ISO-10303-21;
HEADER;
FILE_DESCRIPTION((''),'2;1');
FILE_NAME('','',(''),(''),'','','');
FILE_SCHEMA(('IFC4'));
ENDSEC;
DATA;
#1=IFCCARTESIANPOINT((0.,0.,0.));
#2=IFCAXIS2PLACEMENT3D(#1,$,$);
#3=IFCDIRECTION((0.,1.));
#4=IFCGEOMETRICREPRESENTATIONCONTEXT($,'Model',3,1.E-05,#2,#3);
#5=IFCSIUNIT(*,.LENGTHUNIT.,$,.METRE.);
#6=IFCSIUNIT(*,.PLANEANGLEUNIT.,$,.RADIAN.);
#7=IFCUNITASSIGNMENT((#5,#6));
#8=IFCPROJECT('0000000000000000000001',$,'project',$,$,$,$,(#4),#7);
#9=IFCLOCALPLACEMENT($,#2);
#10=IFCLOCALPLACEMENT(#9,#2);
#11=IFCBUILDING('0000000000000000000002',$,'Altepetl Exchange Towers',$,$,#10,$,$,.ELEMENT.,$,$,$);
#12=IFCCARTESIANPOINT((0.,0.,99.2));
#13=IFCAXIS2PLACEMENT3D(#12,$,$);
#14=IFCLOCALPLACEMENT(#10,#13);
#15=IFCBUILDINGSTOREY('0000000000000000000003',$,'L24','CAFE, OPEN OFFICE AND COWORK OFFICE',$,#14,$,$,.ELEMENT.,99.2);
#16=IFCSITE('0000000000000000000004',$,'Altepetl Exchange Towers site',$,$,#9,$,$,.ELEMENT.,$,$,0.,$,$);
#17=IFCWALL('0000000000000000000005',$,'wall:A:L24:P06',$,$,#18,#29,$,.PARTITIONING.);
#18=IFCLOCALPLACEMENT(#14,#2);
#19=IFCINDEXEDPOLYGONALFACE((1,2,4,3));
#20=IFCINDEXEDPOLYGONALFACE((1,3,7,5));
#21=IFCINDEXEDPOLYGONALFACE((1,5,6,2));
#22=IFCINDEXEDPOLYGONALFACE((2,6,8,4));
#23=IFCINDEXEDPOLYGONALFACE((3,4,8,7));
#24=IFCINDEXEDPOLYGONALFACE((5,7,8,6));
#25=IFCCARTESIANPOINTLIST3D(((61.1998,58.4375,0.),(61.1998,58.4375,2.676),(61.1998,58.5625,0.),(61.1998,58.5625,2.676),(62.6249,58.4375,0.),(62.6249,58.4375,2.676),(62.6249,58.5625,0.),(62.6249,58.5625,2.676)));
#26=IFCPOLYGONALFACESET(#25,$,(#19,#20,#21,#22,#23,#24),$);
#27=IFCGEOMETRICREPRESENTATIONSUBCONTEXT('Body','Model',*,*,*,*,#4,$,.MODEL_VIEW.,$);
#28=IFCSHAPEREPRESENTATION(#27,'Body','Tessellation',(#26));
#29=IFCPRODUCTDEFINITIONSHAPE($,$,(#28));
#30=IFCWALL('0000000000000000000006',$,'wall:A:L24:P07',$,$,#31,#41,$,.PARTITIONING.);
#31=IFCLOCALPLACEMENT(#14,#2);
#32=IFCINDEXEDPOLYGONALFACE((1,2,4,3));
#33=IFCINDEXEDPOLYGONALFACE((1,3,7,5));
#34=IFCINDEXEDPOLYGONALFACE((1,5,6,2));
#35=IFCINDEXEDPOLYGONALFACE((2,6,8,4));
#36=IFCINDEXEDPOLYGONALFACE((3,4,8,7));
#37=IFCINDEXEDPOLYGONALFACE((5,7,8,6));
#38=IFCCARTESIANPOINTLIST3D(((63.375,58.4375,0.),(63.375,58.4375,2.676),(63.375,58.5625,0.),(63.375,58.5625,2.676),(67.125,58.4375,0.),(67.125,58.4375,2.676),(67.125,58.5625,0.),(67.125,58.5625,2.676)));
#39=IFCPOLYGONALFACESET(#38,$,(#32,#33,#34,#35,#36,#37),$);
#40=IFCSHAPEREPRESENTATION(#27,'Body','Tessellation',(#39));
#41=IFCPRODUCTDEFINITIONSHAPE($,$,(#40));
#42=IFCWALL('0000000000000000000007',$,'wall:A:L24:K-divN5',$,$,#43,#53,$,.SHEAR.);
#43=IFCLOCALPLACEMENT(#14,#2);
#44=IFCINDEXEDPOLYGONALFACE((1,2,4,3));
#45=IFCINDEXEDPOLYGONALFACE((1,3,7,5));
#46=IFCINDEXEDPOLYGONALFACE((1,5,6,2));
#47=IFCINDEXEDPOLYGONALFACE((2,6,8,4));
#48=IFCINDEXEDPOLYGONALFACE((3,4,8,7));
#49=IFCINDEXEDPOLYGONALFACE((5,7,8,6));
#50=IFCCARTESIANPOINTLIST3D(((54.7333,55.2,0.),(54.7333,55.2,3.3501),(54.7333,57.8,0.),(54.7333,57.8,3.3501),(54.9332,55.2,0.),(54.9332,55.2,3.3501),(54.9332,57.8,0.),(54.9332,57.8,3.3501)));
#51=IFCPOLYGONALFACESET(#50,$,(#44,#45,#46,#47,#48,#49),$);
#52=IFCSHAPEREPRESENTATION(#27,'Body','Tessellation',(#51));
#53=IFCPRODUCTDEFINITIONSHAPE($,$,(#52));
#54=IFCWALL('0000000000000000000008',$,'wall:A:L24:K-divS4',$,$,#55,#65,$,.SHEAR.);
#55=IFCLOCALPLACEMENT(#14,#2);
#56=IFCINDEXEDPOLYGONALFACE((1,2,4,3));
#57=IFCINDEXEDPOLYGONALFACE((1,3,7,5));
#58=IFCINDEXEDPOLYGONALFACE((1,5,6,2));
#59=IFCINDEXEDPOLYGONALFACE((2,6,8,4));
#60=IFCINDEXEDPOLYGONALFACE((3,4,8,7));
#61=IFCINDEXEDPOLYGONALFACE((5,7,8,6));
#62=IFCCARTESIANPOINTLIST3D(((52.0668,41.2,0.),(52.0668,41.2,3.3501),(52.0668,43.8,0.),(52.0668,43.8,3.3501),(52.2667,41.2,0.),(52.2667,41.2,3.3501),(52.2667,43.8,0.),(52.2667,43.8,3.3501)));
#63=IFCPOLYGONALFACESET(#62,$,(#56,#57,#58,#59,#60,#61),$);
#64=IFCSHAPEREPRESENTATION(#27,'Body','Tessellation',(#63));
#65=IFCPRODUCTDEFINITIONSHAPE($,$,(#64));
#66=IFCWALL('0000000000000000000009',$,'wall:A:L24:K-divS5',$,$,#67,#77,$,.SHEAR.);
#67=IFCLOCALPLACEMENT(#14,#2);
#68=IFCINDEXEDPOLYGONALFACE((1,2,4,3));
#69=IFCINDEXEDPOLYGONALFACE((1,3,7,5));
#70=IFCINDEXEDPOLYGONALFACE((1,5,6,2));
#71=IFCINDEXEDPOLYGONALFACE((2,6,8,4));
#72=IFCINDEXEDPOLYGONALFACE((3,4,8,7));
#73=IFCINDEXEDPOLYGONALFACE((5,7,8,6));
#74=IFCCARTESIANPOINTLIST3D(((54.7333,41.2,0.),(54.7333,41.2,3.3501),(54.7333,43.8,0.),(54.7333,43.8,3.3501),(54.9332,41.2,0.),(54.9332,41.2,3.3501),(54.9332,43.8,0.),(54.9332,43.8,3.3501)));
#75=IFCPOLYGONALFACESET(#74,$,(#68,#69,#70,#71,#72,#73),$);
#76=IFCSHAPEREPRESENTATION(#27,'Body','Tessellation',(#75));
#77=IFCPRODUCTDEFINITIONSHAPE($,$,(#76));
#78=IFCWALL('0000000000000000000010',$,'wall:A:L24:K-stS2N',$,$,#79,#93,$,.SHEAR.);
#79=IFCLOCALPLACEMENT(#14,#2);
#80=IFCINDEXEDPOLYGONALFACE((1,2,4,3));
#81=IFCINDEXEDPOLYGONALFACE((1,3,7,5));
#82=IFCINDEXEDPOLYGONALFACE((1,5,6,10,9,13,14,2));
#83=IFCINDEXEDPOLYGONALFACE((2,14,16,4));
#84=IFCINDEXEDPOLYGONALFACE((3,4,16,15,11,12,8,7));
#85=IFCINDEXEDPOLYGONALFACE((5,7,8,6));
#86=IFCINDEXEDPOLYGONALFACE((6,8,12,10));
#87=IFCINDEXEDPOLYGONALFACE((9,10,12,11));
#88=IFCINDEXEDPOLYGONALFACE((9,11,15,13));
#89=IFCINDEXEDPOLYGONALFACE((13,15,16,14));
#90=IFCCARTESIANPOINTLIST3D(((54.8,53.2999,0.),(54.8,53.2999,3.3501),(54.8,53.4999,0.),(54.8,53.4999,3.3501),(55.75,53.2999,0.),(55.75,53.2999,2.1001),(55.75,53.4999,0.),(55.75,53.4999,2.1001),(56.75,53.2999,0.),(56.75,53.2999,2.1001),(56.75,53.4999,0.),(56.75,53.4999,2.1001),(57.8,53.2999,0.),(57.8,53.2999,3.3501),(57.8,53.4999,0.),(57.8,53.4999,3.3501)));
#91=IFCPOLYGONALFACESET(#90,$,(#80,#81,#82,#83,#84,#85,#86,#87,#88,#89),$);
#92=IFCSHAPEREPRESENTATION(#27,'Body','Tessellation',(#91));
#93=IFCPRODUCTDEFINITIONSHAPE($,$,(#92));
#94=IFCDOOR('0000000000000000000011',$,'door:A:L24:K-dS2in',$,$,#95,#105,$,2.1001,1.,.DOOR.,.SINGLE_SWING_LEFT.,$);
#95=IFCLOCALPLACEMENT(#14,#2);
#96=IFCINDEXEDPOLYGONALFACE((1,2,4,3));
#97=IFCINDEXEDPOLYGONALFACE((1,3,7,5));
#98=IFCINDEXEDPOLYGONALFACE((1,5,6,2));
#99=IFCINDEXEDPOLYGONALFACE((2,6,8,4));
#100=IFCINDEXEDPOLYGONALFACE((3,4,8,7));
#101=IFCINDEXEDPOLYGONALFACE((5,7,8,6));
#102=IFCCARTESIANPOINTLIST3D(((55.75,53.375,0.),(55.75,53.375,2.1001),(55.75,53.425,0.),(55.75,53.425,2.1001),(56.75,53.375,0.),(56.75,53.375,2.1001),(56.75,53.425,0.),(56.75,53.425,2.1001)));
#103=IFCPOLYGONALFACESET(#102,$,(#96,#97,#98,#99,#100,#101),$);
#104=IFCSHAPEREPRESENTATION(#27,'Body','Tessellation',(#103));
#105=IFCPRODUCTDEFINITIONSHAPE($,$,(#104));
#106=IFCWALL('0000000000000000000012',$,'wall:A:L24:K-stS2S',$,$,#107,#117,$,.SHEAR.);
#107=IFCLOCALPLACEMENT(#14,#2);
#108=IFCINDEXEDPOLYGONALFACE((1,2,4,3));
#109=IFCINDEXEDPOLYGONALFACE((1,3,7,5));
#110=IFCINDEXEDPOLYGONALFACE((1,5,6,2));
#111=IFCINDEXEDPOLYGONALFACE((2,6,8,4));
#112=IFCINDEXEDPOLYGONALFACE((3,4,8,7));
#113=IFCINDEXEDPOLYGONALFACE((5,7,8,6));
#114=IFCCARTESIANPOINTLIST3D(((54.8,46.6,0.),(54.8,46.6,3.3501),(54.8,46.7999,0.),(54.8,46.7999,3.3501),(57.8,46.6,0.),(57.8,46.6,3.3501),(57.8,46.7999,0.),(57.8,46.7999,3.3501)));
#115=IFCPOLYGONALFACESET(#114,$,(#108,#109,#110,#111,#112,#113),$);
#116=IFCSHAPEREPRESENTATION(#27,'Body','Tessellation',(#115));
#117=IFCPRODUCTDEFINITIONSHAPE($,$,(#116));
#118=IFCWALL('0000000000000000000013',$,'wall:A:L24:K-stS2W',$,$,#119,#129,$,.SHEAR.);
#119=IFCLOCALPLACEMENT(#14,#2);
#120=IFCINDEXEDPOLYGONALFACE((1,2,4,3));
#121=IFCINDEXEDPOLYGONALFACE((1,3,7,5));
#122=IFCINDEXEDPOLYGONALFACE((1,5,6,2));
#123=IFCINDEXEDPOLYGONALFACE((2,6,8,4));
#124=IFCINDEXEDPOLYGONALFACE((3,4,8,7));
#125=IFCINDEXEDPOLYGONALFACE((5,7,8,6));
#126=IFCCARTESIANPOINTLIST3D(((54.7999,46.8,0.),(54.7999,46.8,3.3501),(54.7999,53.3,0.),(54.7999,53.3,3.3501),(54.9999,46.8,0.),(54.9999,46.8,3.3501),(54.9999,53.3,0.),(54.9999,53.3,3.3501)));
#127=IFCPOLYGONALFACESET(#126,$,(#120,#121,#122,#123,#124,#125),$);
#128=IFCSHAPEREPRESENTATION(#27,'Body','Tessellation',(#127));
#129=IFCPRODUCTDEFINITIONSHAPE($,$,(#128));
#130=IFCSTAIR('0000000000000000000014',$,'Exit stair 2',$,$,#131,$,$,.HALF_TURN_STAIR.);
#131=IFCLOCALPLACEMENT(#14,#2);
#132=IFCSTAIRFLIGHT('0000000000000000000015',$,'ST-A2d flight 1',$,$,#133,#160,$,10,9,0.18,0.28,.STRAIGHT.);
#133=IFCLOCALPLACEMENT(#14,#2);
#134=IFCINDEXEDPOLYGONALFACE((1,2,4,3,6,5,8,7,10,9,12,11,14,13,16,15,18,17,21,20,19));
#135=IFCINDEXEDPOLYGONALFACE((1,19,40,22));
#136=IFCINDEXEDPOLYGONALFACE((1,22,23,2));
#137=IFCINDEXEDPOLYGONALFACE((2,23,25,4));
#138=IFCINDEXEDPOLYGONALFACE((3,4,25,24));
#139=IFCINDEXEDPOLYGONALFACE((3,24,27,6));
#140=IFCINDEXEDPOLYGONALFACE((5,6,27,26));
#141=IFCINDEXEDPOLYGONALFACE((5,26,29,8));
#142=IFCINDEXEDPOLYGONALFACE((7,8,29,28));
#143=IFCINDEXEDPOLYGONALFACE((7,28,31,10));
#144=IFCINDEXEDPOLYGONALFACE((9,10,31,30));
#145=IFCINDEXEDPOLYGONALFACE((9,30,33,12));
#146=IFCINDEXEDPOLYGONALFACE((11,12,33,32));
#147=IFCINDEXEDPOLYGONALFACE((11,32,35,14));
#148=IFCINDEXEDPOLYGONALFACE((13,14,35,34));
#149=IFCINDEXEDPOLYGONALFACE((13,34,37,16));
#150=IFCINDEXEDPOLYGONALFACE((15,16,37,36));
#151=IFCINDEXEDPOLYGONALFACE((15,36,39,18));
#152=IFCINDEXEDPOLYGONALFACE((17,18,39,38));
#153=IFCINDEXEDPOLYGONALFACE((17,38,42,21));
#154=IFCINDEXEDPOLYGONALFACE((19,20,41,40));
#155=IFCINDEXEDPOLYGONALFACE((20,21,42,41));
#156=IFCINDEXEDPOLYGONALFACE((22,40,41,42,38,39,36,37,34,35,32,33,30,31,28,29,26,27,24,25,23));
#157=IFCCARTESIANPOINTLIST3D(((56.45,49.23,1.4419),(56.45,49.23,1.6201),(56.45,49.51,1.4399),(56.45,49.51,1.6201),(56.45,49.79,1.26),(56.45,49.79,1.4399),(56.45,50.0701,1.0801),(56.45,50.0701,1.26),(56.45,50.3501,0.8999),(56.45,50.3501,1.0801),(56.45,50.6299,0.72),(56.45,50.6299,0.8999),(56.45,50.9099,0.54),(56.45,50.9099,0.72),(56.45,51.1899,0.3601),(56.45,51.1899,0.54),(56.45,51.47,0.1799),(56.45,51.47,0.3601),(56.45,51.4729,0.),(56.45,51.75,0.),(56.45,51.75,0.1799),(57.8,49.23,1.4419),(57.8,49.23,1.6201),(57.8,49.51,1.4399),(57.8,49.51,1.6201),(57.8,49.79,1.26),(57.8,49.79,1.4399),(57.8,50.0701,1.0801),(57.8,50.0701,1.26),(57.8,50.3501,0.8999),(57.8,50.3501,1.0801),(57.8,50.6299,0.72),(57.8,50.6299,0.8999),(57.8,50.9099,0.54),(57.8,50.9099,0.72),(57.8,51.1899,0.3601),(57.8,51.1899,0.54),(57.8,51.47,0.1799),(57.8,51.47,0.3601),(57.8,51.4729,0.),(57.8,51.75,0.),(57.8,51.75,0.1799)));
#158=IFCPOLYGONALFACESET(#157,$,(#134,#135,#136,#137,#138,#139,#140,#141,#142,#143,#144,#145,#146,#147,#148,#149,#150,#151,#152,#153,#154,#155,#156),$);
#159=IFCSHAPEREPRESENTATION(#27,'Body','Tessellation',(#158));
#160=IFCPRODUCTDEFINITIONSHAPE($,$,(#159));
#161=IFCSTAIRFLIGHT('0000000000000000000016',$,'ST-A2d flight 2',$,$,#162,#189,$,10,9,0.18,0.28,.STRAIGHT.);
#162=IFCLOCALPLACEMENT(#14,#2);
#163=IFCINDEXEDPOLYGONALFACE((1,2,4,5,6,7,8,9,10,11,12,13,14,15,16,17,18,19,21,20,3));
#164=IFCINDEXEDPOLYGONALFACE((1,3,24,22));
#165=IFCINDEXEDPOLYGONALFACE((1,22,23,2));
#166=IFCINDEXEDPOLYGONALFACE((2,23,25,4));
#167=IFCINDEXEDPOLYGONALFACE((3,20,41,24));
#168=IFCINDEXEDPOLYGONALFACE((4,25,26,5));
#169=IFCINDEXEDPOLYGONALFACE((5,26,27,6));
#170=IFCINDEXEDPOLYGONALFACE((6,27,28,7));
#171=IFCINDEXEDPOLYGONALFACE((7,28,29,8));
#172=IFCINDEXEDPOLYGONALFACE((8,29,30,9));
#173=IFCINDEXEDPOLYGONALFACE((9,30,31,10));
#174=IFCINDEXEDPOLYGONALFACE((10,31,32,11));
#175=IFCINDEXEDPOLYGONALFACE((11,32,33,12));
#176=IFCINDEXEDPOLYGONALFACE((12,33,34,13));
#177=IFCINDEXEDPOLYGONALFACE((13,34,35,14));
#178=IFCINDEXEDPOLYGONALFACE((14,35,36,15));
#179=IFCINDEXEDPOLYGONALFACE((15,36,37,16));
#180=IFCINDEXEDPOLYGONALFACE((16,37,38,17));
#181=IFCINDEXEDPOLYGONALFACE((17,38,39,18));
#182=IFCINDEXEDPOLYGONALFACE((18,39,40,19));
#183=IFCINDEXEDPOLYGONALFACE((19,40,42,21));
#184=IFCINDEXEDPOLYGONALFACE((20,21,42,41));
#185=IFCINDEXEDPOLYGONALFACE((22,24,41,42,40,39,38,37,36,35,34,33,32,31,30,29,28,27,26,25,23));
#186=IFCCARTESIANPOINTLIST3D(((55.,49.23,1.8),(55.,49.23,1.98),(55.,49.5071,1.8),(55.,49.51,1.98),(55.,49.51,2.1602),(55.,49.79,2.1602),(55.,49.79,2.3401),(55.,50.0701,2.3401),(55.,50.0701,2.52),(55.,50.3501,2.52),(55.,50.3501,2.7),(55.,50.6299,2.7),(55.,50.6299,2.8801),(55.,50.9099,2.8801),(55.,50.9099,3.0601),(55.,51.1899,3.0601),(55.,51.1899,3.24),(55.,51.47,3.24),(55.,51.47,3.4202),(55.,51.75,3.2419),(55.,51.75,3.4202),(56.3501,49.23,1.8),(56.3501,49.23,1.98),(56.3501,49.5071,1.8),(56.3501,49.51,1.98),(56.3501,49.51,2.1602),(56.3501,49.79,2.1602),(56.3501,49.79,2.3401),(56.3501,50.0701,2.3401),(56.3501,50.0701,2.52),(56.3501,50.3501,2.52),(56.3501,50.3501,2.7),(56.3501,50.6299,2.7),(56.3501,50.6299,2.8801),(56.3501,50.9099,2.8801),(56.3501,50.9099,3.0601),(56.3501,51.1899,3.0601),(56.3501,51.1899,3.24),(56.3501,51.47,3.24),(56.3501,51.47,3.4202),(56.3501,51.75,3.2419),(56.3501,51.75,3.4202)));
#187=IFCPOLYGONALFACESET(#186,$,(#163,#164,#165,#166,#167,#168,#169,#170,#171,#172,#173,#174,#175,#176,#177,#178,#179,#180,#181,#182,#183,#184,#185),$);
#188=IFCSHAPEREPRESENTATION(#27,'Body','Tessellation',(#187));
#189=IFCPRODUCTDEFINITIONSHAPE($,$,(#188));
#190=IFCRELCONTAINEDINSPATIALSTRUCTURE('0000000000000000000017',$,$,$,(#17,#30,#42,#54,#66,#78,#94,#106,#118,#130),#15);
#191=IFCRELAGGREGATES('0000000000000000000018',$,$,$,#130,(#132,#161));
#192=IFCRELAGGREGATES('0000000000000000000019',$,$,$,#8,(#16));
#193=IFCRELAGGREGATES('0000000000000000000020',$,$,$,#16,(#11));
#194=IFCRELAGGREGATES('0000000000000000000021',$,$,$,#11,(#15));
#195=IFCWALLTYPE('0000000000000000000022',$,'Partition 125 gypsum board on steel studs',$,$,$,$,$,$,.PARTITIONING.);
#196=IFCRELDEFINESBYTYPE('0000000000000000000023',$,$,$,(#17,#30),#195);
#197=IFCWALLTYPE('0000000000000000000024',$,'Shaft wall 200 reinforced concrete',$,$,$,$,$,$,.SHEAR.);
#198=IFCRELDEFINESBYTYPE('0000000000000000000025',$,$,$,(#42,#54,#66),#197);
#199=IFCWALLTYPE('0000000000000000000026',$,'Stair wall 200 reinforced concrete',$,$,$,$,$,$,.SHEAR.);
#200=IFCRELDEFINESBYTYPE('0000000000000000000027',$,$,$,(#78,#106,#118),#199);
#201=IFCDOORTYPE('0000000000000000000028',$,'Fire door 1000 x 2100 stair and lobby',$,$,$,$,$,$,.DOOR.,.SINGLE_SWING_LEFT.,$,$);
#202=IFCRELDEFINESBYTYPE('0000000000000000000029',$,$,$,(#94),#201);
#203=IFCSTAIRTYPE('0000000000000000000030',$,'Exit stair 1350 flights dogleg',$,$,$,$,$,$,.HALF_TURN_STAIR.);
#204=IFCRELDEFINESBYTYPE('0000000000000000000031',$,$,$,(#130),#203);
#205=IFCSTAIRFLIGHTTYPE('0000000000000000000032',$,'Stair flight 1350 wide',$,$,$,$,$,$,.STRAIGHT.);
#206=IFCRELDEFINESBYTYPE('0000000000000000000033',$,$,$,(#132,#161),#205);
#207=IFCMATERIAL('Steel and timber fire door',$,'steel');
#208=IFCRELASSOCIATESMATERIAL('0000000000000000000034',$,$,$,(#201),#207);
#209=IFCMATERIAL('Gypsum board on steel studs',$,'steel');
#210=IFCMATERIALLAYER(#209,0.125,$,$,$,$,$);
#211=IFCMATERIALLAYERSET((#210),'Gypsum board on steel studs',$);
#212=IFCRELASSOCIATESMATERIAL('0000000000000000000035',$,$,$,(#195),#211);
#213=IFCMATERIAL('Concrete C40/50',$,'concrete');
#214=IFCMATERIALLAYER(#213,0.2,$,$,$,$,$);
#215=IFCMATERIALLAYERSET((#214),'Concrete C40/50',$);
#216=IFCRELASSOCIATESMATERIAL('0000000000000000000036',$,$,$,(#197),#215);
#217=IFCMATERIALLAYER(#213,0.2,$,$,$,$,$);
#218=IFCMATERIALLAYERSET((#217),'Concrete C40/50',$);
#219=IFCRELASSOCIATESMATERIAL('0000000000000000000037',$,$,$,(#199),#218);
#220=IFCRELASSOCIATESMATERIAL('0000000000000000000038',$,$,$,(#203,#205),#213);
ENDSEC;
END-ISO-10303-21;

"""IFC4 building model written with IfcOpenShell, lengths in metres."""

from ifc_helpers import new_model, si_unit, direction, frame, frame_2d, origin, place, context, subcontext, project, spatial, polyline, rectangle, outline, extrude, material, layer, layer_set, type_object, element, fill, aggregate, save


model = new_model("IFC4")

# Units and contexts
model_context = context("Model", 3, precision=1e-05, world=origin(), true_north=direction((0.0, 1.0)))
body_context = subcontext(model_context, "Body", "Model", "MODEL_VIEW")
ifc_project = project(units=[si_unit("LENGTHUNIT", "METRE"), si_unit("PLANEANGLEUNIT", "RADIAN")], contexts=[model_context])

# Site, building, storey
site_placement = place(None, origin())
site = spatial("IfcSite", under=ifc_project, at=site_placement, Name="Altepetl Exchange Towers site", CompositionType="ELEMENT", RefElevation=0.0)
building_placement = place(site_placement, origin())
building = spatial("IfcBuilding", under=site, at=building_placement, Name="Altepetl Exchange Towers", CompositionType="ELEMENT")
storey_placement = place(building_placement, frame((0.0, 0.0, 99.2)))
storey = spatial("IfcBuildingStorey", under=building, at=storey_placement, Name="L24", Description="CAFE, OPEN OFFICE AND COWORK OFFICE", CompositionType="ELEMENT", Elevation=99.2)

# Shared definitions
ifc_material_1 = material(Name="Steel and timber fire door", Category="steel")
door_type_1 = type_object("IfcDoorType", Name="Fire door 1000 x 2100 stair and lobby", OperationType="SINGLE_SWING_LEFT", PredefinedType="DOOR", material=ifc_material_1)

# Walls
ifc_material_2 = material(Name="Gypsum board on steel studs", Category="steel")
ifc_layer_1 = layer(ifc_material_2, 0.125)
ifc_layer_set_1 = layer_set([ifc_layer_1], Name="Gypsum board on steel studs")
wall_type_1 = type_object("IfcWallType", Name="Partition 125 gypsum board on steel studs", PredefinedType="PARTITIONING", material=ifc_layer_set_1)
wall_1_placement = place(storey_placement, frame((61.2, 58.5, 0.0)))
element("IfcWall", 1, at=wall_1_placement, inside=storey, type_object=wall_type_1, Name="wall:A:L24:P06", PredefinedType="PARTITIONING", context=body_context, shape_type="SweptSolid", body=[
    extrude(rectangle(XDim=1.425, YDim=0.125, at=frame_2d((0.7124, 0.0))), origin(), (0.0, 0.0, 1.0), 2.676),
])
wall_2_placement = place(storey_placement, frame((63.375, 58.5, 0.0)))
element("IfcWall", 2, at=wall_2_placement, inside=storey, type_object=wall_type_1, Name="wall:A:L24:P07", PredefinedType="PARTITIONING", context=body_context, shape_type="SweptSolid", body=[
    extrude(rectangle(XDim=3.75, YDim=0.125, at=frame_2d((1.875, 0.0))), origin(), (0.0, 0.0, 1.0), 2.676),
])
ifc_material_3 = material(Name="Concrete C40/50", Category="concrete")
ifc_layer_2 = layer(ifc_material_3, 0.2)
ifc_layer_set_2 = layer_set([ifc_layer_2], Name="Concrete C40/50")
wall_type_2 = type_object("IfcWallType", Name="Shaft wall 200 reinforced concrete", PredefinedType="SHEAR", material=ifc_layer_set_2)
for number, where, z_axis, x_axis, name in (
    (3, (54.8333, 57.8, 0.0), (0.0, 0.0, 1.0), (0.0, -1.0, 0.0), "wall:A:L24:K-divN5"),
    (4, (52.1667, 41.2, 0.0), (0.0, 0.0, 1.0), (0.0, 1.0, 0.0), "wall:A:L24:K-divS4"),
    (5, (54.8333, 41.2, 0.0), (0.0, 0.0, 1.0), (0.0, 1.0, 0.0), "wall:A:L24:K-divS5"),
):
    element("IfcWall", number, at=place(storey_placement, frame(where, z_axis=z_axis, x_axis=x_axis)), inside=storey, type_object=wall_type_2, Name=name, PredefinedType="SHEAR", context=body_context, shape_type="SweptSolid", body=[
        extrude(rectangle(XDim=2.6001, YDim=0.2, at=frame_2d((1.3, 0.0))), origin(), (0.0, 0.0, 1.0), 3.3501),
    ])

# Wall, opening, door
ifc_layer_3 = layer(ifc_material_3, 0.2)
ifc_layer_set_3 = layer_set([ifc_layer_3], Name="Concrete C40/50")
wall_type_3 = type_object("IfcWallType", Name="Stair wall 200 reinforced concrete", PredefinedType="SHEAR", material=ifc_layer_set_3)
wall_3_placement = place(storey_placement, frame((54.8, 53.3999, 0.0)))
wall_3 = element("IfcWall", 6, at=wall_3_placement, inside=storey, type_object=wall_type_3, Name="wall:A:L24:K-stS2N", PredefinedType="SHEAR", context=body_context, shape_type="SweptSolid", body=[
    extrude(rectangle(XDim=3.0, YDim=0.2, at=frame_2d((1.5, 0.0))), origin(), (0.0, 0.0, 1.0), 3.3501),
])
opening_1_placement = place(wall_3_placement, frame((0.95, 0.0, 0.0)))
opening_1 = element("IfcOpeningElement", 7, at=opening_1_placement, cuts=wall_3, PredefinedType="OPENING", context=body_context, shape_type="SweptSolid", body=[
    extrude(rectangle(XDim=1.0, YDim=2.1001, at=frame_2d((0.5, 1.05))), frame((0.0, 0.1099, 0.0), z_axis=(0.0, -1.0, 0.0), x_axis=(1.0, 0.0, 0.0)), (0.0, 0.0, 1.0), 0.22),
])
door_1_placement = place(opening_1_placement, frame((1.0, 0.0, 0.0), x_axis=(-1.0, 0.0, 0.0)))
door_1 = element("IfcDoor", 8, at=door_1_placement, inside=storey, type_object=door_type_1, Name="door:A:L24:K-dS2in", OperationType="SINGLE_SWING_LEFT", OverallHeight=2.1001, OverallWidth=1.0, PredefinedType="DOOR", context=body_context, shape_type="SweptSolid", body=[
    extrude(rectangle(XDim=1.0, YDim=2.1001, at=frame_2d((0.5, 1.05))), frame((0.0, 0.0249, 0.0), z_axis=(0.0, -1.0, 0.0), x_axis=(1.0, 0.0, 0.0)), (0.0, 0.0, 1.0), 0.05),
])
fill(opening_1, door_1)

# Walls
wall_4_placement = place(storey_placement, frame((54.8, 46.7, 0.0)))
element("IfcWall", 9, at=wall_4_placement, inside=storey, type_object=wall_type_3, Name="wall:A:L24:K-stS2S", PredefinedType="SHEAR", context=body_context, shape_type="SweptSolid", body=[
    extrude(rectangle(XDim=3.0, YDim=0.2, at=frame_2d((1.5, 0.0))), origin(), (0.0, 0.0, 1.0), 3.3501),
])
wall_5_placement = place(storey_placement, frame((54.8999, 46.8, 0.0), z_axis=(0.0, 0.0, 1.0), x_axis=(0.0, 1.0, 0.0)))
element("IfcWall", 10, at=wall_5_placement, inside=storey, type_object=wall_type_3, Name="wall:A:L24:K-stS2W", PredefinedType="SHEAR", context=body_context, shape_type="SweptSolid", body=[
    extrude(rectangle(XDim=6.5, YDim=0.2, at=frame_2d((3.25, 0.0))), origin(), (0.0, 0.0, 1.0), 3.3501),
])

# Stair, stair flights
stair_type = type_object("IfcStairType", Name="Exit stair 1350 flights dogleg", PredefinedType="HALF_TURN_STAIR", material=ifc_material_3)
stair_placement = place(storey_placement, origin())
stair = element("IfcStair", 11, at=stair_placement, inside=storey, type_object=stair_type, Name="Exit stair 2", PredefinedType="HALF_TURN_STAIR")
stair_flight_type = type_object("IfcStairFlightType", Name="Stair flight 1350 wide", PredefinedType="STRAIGHT", material=ifc_material_3)
stair_flight_1_placement = place(storey_placement, frame((57.125, 51.75, 0.0), z_axis=(0.0, 0.0, 1.0), x_axis=(0.0, -1.0, 0.0)))
stair_flight_1 = element("IfcStairFlight", 12, at=stair_flight_1_placement, type_object=stair_flight_type, Name="ST-A2d flight 1", NumberOfRisers=10, NumberOfTreads=9, PredefinedType="STRAIGHT", RiserHeight=0.18, TreadLength=0.28, context=body_context, shape_type="SweptSolid", body=[
    extrude(outline(polyline([(0.0, 0.0), (0.0, 0.1799), (0.28, 0.1799), (0.28, 0.3601), (0.5601, 0.3601), (0.5601, 0.54), (0.8401, 0.54), (0.8401, 0.72), (1.1201, 0.72), (1.1201, 0.8999), (1.3999, 0.8999), (1.3999, 1.0801), (1.6799, 1.0801), (1.6799, 1.26), (1.96, 1.26), (1.96, 1.4399), (2.24, 1.4399), (2.24, 1.6201), (2.52, 1.6201), (2.52, 1.8), (2.52, 1.4419), (0.2771, 0.0), (0.0, 0.0)])), frame((0.0, 0.675, 0.0), z_axis=(0.0, -1.0, 0.0), x_axis=(1.0, 0.0, 0.0)), (0.0, 0.0, 1.0), 1.3501),
])
stair_flight_2_placement = place(storey_placement, frame((55.675, 49.23, 1.8), z_axis=(0.0, 0.0, 1.0), x_axis=(0.0, 1.0, 0.0)))
stair_flight_2 = element("IfcStairFlight", 13, at=stair_flight_2_placement, type_object=stair_flight_type, Name="ST-A2d flight 2", NumberOfRisers=10, NumberOfTreads=9, PredefinedType="STRAIGHT", RiserHeight=0.18, TreadLength=0.28, context=body_context, shape_type="SweptSolid", body=[
    extrude(outline(polyline([(0.0, 0.0), (0.0, 0.1799), (0.28, 0.1799), (0.28, 0.3601), (0.5601, 0.3601), (0.5601, 0.54), (0.8401, 0.54), (0.8401, 0.72), (1.1201, 0.72), (1.1201, 0.8999), (1.3999, 0.8999), (1.3999, 1.0801), (1.6799, 1.0801), (1.6799, 1.26), (1.96, 1.26), (1.96, 1.4399), (2.24, 1.4399), (2.24, 1.6201), (2.52, 1.6201), (2.52, 1.8), (2.52, 1.4419), (0.2771, 0.0), (0.0, 0.0)])), frame((0.0, 0.675, 0.0), z_axis=(0.0, -1.0, 0.0), x_axis=(1.0, 0.0, 0.0)), (0.0, 0.0, 1.0), 1.3501),
])
aggregate(stair, [stair_flight_1, stair_flight_2])

save(model, "model.ifc")
